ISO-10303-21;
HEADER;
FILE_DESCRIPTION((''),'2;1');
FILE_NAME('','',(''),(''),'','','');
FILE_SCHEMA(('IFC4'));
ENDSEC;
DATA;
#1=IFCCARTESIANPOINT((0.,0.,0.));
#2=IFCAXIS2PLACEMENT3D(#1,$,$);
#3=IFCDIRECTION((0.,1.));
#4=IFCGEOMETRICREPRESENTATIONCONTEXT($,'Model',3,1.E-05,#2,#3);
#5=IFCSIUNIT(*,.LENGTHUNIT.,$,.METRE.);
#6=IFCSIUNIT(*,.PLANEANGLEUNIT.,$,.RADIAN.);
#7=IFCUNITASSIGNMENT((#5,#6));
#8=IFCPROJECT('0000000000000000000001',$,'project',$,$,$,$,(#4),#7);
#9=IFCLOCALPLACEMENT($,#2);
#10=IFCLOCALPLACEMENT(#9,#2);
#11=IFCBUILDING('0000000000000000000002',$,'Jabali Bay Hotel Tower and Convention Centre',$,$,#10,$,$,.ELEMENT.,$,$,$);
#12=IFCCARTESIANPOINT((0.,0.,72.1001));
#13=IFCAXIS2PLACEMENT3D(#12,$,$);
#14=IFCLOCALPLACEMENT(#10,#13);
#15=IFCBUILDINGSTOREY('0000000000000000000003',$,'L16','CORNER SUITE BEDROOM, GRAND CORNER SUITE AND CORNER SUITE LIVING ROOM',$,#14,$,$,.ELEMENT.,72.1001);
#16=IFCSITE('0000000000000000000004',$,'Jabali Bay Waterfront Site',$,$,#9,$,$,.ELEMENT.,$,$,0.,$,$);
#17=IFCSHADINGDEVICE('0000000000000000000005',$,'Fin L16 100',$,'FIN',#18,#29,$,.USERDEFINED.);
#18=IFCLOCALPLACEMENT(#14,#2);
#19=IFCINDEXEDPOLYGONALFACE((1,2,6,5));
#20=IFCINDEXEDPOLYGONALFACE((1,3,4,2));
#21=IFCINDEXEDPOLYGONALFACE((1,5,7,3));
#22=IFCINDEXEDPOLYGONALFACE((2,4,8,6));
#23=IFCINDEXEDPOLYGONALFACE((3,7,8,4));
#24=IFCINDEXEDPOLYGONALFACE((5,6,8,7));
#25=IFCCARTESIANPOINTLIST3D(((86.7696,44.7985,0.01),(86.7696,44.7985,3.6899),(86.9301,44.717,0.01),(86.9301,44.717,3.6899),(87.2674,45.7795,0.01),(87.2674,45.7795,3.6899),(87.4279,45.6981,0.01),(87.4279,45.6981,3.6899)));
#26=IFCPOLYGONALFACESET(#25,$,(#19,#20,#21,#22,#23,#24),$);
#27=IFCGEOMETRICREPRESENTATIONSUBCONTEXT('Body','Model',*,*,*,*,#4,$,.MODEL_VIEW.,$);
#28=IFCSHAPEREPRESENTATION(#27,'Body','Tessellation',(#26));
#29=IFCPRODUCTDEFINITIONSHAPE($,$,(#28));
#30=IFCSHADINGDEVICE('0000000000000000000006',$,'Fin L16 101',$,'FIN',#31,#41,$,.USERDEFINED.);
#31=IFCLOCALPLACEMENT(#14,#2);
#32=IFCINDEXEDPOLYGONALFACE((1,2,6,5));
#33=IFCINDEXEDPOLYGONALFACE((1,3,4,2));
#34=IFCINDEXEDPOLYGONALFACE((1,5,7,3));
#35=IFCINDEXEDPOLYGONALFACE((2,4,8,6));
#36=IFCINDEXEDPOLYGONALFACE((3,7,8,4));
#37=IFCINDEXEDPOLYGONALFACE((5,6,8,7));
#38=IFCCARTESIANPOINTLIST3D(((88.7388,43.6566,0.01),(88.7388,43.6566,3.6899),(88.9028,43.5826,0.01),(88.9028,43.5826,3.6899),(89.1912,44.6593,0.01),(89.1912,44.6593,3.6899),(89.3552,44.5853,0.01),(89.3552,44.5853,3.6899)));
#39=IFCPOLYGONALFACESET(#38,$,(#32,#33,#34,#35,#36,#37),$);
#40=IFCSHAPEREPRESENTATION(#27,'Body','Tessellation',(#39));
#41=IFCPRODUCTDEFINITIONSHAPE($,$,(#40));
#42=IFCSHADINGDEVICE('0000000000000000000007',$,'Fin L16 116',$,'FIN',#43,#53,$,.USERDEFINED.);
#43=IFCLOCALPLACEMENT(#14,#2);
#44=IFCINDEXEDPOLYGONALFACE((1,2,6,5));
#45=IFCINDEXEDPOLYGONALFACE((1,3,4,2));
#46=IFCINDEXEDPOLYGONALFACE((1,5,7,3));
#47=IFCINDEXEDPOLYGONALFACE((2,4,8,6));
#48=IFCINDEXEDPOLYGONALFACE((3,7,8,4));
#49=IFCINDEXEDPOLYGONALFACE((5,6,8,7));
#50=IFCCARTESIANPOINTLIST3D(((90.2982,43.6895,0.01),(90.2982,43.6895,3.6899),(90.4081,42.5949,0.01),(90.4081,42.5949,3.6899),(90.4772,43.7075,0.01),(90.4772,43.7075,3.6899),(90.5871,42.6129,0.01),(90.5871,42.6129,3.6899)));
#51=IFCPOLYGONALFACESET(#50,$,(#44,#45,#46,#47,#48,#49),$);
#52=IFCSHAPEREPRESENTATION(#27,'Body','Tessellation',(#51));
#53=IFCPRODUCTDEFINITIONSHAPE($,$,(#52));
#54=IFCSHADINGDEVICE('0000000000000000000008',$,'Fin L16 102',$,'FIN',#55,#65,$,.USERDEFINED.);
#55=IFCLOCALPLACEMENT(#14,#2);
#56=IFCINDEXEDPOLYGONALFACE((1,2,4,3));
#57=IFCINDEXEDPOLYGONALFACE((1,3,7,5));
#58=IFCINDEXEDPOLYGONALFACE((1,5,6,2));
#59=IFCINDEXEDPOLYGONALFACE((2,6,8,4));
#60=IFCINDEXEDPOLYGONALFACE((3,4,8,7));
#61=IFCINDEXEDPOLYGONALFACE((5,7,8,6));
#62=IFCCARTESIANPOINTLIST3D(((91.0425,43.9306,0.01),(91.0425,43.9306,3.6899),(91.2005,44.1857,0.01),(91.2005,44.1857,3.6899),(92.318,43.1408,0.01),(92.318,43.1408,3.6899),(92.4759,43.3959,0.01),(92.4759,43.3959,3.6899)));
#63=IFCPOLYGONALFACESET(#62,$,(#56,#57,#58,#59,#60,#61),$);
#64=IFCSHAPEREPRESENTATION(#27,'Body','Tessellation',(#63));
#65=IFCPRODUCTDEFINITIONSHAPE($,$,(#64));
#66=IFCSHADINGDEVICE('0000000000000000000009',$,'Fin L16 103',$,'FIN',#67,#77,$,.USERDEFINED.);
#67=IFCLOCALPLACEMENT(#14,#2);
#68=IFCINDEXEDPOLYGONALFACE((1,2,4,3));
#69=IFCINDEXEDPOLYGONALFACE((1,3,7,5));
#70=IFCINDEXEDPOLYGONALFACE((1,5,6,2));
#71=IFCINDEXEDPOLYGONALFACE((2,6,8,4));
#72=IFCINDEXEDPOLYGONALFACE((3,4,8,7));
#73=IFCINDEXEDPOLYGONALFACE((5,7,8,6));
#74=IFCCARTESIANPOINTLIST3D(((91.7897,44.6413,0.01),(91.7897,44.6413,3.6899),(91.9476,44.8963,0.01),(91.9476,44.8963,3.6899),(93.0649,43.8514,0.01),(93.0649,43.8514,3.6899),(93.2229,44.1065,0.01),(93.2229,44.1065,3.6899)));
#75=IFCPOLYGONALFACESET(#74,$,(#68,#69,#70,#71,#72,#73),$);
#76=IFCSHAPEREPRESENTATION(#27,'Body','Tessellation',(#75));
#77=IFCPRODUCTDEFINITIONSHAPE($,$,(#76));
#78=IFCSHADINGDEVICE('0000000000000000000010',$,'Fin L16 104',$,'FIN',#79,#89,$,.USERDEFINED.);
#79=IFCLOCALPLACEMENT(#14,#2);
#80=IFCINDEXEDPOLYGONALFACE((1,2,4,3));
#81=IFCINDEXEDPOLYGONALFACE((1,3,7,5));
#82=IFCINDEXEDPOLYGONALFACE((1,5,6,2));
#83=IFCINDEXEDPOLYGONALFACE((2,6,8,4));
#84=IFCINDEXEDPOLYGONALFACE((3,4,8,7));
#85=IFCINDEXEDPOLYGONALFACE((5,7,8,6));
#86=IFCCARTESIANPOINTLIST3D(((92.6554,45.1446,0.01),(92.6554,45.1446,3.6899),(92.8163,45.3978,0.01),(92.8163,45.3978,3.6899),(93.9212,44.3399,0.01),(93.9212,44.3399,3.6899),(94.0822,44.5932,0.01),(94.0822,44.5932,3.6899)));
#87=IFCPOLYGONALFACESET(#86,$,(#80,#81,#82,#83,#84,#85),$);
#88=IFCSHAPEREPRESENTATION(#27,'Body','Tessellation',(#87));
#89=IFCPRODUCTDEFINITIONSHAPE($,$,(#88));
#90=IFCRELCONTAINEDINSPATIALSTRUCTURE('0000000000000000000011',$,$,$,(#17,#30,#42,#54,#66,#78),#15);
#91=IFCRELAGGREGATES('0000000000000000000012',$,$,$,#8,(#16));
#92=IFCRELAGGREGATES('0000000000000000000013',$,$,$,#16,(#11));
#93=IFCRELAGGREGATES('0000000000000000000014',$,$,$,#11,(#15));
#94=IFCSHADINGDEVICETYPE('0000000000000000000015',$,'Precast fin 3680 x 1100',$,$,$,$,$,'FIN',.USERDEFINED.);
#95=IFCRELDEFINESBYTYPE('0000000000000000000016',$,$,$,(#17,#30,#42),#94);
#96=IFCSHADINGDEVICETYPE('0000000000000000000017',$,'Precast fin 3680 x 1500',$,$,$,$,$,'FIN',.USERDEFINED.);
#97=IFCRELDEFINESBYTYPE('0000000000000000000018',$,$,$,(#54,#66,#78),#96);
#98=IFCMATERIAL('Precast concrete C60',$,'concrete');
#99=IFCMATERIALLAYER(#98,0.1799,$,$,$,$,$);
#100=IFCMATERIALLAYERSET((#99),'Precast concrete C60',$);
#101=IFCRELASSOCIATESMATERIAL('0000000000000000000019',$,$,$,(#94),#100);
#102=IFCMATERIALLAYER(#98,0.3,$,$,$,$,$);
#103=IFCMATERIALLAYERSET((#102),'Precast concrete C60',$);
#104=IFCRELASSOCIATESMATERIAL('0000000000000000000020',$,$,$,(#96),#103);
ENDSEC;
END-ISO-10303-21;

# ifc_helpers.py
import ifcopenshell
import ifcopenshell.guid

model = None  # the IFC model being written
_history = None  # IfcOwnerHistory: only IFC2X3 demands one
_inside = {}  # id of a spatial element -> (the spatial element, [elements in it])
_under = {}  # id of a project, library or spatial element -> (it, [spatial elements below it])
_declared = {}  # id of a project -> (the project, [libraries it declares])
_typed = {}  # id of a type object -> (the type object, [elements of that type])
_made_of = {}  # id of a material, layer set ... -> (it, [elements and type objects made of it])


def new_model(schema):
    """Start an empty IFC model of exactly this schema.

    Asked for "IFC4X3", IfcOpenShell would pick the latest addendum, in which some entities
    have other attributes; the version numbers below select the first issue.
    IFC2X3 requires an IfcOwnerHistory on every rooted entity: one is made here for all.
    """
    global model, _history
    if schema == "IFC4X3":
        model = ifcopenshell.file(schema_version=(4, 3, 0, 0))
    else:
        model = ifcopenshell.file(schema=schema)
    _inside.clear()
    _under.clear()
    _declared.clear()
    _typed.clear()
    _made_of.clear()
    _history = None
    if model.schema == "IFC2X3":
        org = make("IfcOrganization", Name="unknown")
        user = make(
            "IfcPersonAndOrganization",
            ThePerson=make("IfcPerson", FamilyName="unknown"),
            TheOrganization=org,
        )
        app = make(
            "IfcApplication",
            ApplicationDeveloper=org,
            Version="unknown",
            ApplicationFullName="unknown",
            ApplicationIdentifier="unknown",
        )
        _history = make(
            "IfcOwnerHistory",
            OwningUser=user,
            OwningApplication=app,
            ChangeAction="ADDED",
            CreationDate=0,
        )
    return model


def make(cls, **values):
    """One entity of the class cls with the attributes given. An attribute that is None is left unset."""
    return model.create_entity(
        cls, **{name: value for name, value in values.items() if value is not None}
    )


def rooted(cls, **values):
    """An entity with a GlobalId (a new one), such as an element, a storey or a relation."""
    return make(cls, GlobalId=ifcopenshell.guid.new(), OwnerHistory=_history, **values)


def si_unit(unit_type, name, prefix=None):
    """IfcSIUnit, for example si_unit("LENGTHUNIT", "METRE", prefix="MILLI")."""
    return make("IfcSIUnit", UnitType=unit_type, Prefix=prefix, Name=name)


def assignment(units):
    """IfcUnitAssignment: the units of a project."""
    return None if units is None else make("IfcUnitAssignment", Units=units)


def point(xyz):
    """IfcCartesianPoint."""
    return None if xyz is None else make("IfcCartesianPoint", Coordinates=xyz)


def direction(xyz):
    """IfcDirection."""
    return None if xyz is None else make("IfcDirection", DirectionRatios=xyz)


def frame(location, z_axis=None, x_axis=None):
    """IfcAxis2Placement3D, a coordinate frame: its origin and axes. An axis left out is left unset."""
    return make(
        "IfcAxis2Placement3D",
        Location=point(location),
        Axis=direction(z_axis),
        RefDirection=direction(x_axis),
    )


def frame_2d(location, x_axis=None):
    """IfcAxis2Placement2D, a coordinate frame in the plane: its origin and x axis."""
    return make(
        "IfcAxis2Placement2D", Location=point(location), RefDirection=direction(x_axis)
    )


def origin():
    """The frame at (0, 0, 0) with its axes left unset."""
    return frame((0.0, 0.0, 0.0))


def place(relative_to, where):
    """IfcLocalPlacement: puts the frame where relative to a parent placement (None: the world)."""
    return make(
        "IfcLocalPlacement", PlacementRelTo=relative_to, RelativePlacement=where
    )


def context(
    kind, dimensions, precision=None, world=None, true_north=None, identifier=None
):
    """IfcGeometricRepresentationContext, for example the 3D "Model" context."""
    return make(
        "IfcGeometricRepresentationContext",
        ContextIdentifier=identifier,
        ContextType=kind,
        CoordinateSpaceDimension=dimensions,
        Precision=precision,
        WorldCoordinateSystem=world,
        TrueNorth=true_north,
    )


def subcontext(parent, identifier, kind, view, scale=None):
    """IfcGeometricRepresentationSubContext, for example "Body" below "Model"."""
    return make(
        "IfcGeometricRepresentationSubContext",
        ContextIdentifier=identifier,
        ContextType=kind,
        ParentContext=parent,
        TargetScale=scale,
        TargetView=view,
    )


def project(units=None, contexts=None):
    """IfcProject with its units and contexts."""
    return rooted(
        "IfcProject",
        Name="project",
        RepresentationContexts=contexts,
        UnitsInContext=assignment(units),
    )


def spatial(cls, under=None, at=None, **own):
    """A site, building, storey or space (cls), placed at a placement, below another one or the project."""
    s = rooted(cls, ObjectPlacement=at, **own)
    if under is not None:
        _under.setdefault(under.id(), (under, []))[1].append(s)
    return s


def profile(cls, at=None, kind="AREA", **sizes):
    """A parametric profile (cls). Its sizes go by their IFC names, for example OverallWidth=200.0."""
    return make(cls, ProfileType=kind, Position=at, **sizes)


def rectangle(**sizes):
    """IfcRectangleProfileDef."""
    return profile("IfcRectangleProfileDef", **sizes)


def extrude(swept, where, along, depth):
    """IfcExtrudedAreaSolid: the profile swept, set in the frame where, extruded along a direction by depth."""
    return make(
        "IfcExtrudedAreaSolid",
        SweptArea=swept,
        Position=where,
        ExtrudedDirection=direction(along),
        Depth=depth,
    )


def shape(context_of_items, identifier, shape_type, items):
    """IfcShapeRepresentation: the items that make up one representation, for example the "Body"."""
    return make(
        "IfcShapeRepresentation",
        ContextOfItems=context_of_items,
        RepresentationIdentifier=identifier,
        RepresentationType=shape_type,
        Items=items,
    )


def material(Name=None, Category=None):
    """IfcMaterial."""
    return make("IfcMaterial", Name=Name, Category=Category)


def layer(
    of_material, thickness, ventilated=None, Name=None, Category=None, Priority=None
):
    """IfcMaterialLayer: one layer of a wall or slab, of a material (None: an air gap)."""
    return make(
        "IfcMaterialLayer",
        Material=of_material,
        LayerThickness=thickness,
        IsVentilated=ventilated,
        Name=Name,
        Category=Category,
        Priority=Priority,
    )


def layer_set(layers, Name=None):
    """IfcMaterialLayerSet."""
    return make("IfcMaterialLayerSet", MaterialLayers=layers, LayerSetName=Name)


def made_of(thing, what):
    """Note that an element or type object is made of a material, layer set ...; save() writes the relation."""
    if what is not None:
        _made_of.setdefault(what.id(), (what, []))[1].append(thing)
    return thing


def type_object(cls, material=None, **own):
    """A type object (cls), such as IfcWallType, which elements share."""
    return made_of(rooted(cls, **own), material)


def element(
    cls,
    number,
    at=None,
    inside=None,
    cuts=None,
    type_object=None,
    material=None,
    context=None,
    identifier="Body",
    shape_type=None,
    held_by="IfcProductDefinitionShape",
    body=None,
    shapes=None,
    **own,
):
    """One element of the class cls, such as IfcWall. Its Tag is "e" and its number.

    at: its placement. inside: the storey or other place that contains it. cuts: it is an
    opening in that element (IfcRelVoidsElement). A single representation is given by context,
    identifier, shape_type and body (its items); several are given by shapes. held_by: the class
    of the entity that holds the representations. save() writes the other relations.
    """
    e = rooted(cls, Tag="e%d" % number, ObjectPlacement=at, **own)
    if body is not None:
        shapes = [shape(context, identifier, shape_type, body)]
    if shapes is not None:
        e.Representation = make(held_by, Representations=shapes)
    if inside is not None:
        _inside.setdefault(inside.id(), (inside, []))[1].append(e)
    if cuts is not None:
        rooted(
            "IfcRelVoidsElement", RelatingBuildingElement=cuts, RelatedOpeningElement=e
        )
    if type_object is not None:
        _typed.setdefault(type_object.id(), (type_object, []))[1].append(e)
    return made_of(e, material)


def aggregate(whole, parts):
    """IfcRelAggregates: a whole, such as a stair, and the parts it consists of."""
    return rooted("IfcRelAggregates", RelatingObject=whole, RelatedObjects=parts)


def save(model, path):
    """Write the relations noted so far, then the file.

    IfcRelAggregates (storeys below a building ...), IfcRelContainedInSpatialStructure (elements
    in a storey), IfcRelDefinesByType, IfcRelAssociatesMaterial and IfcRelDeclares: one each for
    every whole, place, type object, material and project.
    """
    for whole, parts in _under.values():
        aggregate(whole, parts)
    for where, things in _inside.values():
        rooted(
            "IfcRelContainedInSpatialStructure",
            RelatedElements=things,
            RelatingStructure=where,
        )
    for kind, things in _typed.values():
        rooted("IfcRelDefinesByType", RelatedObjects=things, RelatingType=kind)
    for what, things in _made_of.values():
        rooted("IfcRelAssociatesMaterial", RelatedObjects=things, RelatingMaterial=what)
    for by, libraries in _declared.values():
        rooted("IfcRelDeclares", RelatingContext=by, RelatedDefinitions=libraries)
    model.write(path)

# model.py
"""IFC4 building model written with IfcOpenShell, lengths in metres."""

from ifc_helpers import new_model, si_unit, direction, frame, frame_2d, origin, place, context, subcontext, project, spatial, rectangle, extrude, material, layer, layer_set, type_object, element, save


model = new_model("IFC4")

# Units and contexts
model_context = context("Model", 3, precision=1e-05, world=origin(), true_north=direction((0.0, 1.0)))
body_context = subcontext(model_context, "Body", "Model", "MODEL_VIEW")
ifc_project = project(units=[si_unit("LENGTHUNIT", "METRE"), si_unit("PLANEANGLEUNIT", "RADIAN")], contexts=[model_context])

# Site, building, storey
site_placement = place(None, origin())
site = spatial("IfcSite", under=ifc_project, at=site_placement, Name="Jabali Bay Waterfront Site", CompositionType="ELEMENT", RefElevation=0.0)
building_placement = place(site_placement, origin())
building = spatial("IfcBuilding", under=site, at=building_placement, Name="Jabali Bay Hotel Tower and Convention Centre", CompositionType="ELEMENT")
storey_placement = place(building_placement, frame((0.0, 0.0, 72.1001)))
storey = spatial("IfcBuildingStorey", under=building, at=storey_placement, Name="L16", Description="CORNER SUITE BEDROOM, GRAND CORNER SUITE AND CORNER SUITE LIVING ROOM", CompositionType="ELEMENT", Elevation=72.1001)

# Shading devices
ifc_material_1 = material(Name="Precast concrete C60", Category="concrete")
ifc_layer_1 = layer(ifc_material_1, 0.1799)
ifc_layer_set_1 = layer_set([ifc_layer_1], Name="Precast concrete C60")
shading_device_type_1 = type_object("IfcShadingDeviceType", Name="Precast fin 3680 x 1100", ElementType="FIN", PredefinedType="USERDEFINED", material=ifc_layer_set_1)
for number, where, z_axis, x_axis, name in (
    (1, (87.3477, 45.7388, 0.01), (0.0, 0.0, 1.0), (-0.452532, -0.891748, 0.0), "Fin L16 100"),
    (2, (89.2732, 44.6223, 0.01), (0.0, 0.0, 1.0), (-0.41126, -0.911518, 0.0), "Fin L16 101"),
    (3, (90.3877, 43.6985, 0.01), (0.0, 0.0, 1.0), (0.099877, -0.995, 0.0), "Fin L16 116"),
):
    element("IfcShadingDevice", number, at=place(storey_placement, frame(where, z_axis=z_axis, x_axis=x_axis)), inside=storey, type_object=shading_device_type_1, Name=name, ObjectType="FIN", PredefinedType="USERDEFINED", context=body_context, shape_type="SweptSolid", body=[
        extrude(rectangle(XDim=1.1001, YDim=0.1799, at=frame_2d((0.55, 0.0))), origin(), (0.0, 0.0, 1.0), 3.6799),
    ])
ifc_layer_2 = layer(ifc_material_1, 0.3)
ifc_layer_set_2 = layer_set([ifc_layer_2], Name="Precast concrete C60")
shading_device_type_2 = type_object("IfcShadingDeviceType", Name="Precast fin 3680 x 1500", ElementType="FIN", PredefinedType="USERDEFINED", material=ifc_layer_set_2)
shading_device_1_placement = place(storey_placement, frame((91.1216, 44.0581, 0.01), z_axis=(0.0, 0.0, 1.0), x_axis=(0.850185, -0.526483, 0.0)))
element("IfcShadingDevice", 4, at=shading_device_1_placement, inside=storey, type_object=shading_device_type_2, Name="Fin L16 102", ObjectType="FIN", PredefinedType="USERDEFINED", context=body_context, shape_type="SweptSolid", body=[
    extrude(rectangle(XDim=1.5002, YDim=0.3, at=frame_2d((0.75, 0.0))), origin(), (0.0, 0.0, 1.0), 3.6799),
])
for number, where, z_axis, x_axis, name in (
    (5, (91.8687, 44.7688, 0.01), (0.0, 0.0, 1.0), (0.85014, -0.526556, 0.0), "Fin L16 103"),
    (6, (92.7358, 45.2712, 0.01), (0.0, 0.0, 1.0), (0.843923, -0.536465, 0.0), "Fin L16 104"),
):
    element("IfcShadingDevice", number, at=place(storey_placement, frame(where, z_axis=z_axis, x_axis=x_axis)), inside=storey, type_object=shading_device_type_2, Name=name, ObjectType="FIN", PredefinedType="USERDEFINED", context=body_context, shape_type="SweptSolid", body=[
        extrude(rectangle(XDim=1.5, YDim=0.3, at=frame_2d((0.75, 0.0))), origin(), (0.0, 0.0, 1.0), 3.6799),
    ])

save(model, "model.ifc")
